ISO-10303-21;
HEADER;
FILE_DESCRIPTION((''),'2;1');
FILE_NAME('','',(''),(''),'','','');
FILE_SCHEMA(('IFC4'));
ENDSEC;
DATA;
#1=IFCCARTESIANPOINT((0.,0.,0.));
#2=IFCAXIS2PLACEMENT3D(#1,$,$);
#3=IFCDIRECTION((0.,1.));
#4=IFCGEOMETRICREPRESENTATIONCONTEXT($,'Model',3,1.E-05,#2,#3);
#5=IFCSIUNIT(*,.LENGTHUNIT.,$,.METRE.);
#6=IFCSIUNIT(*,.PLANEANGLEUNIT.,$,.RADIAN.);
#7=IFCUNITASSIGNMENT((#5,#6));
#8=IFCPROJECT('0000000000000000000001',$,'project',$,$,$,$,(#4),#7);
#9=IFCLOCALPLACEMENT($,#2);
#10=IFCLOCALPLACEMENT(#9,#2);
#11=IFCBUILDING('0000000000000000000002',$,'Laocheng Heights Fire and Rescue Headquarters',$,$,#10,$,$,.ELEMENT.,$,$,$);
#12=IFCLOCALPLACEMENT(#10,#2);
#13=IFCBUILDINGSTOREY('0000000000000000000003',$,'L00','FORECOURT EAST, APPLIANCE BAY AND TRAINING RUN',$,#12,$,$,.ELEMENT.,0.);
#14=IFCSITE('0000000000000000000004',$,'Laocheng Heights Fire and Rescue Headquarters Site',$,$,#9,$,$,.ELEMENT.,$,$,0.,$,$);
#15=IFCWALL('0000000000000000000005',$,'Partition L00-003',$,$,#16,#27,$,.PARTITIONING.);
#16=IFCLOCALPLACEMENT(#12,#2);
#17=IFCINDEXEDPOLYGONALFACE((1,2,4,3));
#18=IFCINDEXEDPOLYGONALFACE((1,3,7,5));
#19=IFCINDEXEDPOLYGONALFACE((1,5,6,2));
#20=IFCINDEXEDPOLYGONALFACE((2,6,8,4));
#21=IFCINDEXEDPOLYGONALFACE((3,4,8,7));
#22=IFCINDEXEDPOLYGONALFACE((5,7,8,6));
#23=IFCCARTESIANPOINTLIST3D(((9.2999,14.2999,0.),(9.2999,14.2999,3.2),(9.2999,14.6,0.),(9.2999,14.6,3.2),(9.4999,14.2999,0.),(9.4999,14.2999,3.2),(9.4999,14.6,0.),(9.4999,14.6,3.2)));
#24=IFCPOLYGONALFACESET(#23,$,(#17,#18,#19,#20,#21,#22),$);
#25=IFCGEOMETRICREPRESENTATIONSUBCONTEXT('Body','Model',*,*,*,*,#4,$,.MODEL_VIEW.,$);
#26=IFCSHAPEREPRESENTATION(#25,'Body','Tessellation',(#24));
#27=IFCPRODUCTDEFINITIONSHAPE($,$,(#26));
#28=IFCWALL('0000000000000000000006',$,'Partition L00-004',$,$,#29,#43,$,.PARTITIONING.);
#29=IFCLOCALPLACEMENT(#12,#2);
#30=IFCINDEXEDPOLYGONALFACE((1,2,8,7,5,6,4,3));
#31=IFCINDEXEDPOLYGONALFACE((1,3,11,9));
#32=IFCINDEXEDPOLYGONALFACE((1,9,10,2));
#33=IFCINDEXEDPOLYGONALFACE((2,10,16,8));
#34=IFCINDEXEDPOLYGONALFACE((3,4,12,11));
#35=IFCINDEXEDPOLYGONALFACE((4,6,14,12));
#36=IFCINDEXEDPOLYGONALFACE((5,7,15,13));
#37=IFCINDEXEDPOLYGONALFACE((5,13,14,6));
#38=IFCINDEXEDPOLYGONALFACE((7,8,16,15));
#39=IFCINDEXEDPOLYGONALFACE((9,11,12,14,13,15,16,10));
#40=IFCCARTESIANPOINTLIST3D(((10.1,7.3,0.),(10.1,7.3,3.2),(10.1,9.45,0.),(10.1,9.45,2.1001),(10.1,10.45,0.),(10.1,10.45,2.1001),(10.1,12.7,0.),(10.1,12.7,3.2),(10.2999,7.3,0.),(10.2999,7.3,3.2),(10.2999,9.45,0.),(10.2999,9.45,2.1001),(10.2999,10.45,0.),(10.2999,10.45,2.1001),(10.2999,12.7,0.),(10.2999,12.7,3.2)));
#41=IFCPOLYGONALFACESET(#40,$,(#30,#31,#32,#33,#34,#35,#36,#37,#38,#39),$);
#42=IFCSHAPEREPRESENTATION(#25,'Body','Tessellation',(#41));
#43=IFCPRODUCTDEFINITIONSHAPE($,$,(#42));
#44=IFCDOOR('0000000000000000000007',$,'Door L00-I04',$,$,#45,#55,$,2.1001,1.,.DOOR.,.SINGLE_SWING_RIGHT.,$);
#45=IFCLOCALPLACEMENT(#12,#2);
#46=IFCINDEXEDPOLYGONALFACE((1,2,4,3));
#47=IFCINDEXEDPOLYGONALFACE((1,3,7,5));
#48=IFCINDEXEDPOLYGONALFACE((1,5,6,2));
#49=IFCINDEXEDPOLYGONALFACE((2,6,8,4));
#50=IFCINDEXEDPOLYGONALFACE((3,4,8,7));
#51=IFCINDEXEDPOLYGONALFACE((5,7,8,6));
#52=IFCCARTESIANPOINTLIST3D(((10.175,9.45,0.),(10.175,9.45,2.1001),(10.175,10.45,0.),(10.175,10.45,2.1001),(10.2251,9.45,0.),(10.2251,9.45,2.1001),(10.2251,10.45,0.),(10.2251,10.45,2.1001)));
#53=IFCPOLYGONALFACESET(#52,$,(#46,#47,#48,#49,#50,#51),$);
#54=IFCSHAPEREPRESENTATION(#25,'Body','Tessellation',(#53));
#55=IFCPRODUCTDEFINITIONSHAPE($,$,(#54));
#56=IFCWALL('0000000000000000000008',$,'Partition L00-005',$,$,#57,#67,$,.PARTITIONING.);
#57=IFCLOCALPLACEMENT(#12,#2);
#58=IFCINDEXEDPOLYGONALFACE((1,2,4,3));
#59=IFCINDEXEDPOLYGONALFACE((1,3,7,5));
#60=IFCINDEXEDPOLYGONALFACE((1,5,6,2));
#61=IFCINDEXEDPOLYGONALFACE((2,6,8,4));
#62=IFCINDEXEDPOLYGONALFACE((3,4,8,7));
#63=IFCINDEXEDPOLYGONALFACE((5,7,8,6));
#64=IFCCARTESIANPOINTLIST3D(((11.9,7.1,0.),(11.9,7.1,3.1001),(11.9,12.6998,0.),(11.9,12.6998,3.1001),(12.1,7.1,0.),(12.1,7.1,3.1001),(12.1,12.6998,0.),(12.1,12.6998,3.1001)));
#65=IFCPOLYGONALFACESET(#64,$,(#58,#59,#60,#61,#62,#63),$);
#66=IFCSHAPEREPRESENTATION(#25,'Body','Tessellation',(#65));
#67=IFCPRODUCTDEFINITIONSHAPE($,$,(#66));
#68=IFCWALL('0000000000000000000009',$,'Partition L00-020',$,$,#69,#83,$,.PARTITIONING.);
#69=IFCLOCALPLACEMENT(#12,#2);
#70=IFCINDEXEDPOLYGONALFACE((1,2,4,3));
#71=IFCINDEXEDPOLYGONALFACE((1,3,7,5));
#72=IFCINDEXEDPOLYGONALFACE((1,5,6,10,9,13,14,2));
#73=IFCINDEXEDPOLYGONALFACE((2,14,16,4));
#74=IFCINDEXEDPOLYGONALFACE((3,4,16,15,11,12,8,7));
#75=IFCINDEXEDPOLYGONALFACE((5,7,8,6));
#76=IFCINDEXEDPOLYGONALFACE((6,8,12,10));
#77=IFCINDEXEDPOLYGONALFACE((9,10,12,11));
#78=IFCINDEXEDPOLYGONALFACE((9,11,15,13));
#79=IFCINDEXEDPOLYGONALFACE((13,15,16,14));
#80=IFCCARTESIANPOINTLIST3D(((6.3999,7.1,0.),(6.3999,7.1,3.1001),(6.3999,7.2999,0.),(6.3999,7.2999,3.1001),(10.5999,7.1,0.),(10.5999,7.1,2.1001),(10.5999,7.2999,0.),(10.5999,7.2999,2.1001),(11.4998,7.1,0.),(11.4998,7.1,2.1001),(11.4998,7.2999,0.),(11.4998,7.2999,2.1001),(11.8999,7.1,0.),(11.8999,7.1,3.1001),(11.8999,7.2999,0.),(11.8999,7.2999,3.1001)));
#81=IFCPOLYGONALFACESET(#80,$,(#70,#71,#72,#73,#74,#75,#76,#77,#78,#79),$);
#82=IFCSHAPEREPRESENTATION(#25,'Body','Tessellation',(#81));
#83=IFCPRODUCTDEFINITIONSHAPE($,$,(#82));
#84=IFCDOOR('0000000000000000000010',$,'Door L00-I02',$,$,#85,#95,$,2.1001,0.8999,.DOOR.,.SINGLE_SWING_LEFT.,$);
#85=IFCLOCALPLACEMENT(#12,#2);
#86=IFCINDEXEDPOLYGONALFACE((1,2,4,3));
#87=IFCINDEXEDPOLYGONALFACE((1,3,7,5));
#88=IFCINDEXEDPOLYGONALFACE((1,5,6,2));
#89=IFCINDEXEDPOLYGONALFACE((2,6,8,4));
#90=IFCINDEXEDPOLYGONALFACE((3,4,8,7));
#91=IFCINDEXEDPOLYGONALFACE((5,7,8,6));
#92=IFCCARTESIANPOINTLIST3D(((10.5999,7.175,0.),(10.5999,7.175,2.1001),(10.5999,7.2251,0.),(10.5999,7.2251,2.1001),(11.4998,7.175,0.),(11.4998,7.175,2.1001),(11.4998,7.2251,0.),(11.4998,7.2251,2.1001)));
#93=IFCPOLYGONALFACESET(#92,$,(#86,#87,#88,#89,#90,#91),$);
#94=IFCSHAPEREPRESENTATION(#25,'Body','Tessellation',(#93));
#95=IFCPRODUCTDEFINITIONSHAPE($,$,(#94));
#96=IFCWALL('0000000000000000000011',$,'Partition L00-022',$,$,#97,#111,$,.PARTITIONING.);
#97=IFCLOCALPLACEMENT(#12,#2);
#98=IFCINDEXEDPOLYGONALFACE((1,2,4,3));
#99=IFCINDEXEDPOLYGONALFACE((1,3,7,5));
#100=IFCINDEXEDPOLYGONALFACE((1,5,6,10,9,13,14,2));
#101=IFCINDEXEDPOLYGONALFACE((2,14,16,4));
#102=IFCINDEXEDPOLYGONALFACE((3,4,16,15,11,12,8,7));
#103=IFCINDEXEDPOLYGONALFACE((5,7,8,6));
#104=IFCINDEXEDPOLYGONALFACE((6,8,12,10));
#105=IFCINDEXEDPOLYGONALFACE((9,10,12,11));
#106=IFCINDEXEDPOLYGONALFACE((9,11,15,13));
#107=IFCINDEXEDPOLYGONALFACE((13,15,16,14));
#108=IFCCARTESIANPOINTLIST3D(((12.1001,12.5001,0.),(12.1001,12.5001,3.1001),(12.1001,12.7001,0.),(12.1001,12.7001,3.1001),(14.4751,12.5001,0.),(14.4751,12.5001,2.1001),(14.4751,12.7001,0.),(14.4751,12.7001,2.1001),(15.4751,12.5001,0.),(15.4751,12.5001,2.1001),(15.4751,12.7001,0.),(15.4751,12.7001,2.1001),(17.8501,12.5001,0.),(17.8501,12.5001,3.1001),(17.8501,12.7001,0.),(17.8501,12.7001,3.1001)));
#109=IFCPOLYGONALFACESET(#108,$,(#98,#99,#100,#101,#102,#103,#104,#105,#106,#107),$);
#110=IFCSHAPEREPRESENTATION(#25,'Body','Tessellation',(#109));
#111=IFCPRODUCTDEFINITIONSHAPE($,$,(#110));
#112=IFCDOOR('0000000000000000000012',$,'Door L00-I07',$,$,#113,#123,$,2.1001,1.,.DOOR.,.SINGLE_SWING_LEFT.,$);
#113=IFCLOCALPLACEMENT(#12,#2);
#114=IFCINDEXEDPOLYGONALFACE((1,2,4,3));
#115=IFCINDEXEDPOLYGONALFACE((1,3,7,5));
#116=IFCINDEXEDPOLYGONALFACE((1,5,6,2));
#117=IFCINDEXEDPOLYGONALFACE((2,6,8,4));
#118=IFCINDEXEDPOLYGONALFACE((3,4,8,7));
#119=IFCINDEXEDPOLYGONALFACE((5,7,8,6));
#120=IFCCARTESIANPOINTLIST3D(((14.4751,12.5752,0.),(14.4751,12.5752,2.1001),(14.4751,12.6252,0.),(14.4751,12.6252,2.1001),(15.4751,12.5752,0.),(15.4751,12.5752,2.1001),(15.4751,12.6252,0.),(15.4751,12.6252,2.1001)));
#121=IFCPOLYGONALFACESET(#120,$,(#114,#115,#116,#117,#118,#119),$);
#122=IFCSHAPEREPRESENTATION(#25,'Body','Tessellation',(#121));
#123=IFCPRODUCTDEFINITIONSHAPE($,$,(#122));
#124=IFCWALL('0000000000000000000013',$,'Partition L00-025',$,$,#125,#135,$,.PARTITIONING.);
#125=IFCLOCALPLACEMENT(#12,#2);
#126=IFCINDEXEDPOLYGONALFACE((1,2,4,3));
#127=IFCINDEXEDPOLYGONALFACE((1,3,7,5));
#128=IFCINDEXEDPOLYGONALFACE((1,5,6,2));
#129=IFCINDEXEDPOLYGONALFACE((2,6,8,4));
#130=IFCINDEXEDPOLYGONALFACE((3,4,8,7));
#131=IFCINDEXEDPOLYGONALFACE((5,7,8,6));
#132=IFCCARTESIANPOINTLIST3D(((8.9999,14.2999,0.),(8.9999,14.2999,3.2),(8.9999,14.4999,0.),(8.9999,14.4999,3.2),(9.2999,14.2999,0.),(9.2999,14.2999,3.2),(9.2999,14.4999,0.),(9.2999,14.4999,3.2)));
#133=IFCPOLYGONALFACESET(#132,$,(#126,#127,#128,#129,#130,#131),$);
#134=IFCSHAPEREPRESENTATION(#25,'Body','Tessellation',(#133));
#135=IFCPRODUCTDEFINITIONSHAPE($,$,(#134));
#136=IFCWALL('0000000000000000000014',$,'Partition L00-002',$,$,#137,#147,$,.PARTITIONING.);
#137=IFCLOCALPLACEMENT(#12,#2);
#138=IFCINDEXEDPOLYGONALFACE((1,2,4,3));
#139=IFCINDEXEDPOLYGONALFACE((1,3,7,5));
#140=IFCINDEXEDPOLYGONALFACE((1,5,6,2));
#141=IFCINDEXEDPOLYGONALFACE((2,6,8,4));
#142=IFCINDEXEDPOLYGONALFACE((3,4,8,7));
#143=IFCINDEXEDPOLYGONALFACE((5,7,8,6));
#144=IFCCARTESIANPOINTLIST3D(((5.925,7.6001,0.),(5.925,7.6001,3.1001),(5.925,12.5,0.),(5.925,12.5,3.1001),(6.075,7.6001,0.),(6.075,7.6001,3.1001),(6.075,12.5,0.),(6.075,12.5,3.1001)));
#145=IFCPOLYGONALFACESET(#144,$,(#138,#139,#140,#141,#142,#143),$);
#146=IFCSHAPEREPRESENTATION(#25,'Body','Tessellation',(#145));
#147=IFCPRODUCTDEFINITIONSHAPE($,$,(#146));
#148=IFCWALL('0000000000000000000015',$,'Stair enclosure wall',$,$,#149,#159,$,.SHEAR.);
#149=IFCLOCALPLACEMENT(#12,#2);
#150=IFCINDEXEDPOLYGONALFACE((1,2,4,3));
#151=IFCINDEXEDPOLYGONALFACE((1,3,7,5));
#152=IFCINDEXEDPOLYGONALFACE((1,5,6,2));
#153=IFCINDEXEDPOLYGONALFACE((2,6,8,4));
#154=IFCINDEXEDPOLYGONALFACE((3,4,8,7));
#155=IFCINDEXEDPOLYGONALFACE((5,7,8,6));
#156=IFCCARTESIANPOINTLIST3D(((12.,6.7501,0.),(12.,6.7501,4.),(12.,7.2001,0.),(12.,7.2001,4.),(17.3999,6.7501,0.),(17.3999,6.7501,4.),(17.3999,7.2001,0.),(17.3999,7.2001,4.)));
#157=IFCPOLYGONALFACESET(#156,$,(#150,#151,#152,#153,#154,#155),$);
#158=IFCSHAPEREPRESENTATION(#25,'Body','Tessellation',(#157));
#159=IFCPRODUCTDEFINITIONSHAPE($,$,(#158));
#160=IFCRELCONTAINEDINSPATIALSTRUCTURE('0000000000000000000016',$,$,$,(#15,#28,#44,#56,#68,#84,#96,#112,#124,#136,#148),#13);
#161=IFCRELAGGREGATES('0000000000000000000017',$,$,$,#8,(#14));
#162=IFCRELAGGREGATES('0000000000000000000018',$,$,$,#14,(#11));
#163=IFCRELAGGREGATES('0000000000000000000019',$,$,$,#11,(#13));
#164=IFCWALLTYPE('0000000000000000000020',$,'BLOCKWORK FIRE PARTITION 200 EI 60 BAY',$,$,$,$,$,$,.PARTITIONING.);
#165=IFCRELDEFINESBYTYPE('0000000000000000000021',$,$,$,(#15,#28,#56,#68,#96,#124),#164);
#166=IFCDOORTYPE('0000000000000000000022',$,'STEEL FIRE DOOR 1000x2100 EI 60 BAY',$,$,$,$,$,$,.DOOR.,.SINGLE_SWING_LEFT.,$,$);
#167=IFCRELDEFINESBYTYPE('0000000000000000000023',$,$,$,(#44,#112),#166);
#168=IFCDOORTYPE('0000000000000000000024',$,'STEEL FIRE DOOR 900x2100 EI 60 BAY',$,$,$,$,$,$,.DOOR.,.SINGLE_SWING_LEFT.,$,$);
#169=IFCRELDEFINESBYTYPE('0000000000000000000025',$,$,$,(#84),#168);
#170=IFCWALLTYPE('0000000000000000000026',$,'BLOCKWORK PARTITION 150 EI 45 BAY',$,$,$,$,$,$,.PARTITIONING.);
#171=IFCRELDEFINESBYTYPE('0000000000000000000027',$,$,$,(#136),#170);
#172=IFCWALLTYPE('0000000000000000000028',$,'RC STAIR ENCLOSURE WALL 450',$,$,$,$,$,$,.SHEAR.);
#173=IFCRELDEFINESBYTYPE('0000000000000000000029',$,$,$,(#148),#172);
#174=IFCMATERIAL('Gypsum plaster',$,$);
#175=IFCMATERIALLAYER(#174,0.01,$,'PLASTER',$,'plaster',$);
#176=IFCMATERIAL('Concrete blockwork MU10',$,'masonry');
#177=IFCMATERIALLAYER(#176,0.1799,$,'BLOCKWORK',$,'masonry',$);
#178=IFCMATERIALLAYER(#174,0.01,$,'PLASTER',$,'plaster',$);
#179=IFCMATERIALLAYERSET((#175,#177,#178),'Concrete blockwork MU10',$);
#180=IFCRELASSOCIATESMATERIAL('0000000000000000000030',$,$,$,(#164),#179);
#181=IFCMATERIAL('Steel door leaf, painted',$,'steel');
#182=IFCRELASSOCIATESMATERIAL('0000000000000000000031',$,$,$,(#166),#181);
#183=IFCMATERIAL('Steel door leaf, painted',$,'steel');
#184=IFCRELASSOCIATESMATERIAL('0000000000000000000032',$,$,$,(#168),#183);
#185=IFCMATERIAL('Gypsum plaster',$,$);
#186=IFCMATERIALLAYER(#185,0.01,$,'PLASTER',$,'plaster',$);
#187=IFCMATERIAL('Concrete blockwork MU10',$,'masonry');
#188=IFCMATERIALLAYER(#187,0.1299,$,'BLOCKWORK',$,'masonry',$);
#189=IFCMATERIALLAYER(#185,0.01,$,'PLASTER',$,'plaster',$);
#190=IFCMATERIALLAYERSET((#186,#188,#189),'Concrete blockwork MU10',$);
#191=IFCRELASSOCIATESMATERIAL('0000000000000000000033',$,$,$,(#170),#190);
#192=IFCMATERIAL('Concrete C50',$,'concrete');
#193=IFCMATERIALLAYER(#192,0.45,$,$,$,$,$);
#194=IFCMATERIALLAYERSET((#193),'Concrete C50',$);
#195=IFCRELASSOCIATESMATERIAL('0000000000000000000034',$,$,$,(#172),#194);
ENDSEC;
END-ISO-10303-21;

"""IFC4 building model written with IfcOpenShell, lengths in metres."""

from ifc_helpers import new_model, si_unit, direction, frame, frame_2d, origin, place, context, subcontext, project, spatial, rectangle, extrude, material, layer, layer_set, type_object, element, fill, save


model = new_model("IFC4")

# Units and contexts
model_context = context("Model", 3, precision=1e-05, world=origin(), true_north=direction((0.0, 1.0)))
body_context = subcontext(model_context, "Body", "Model", "MODEL_VIEW")
ifc_project = project(units=[si_unit("LENGTHUNIT", "METRE"), si_unit("PLANEANGLEUNIT", "RADIAN")], contexts=[model_context])

# Site, building, storey
site_placement = place(None, origin())
site = spatial("IfcSite", under=ifc_project, at=site_placement, Name="Laocheng Heights Fire and Rescue Headquarters Site", CompositionType="ELEMENT", RefElevation=0.0)
building_placement = place(site_placement, origin())
building = spatial("IfcBuilding", under=site, at=building_placement, Name="Laocheng Heights Fire and Rescue Headquarters", CompositionType="ELEMENT")
storey_placement = place(building_placement, origin())
storey = spatial("IfcBuildingStorey", under=building, at=storey_placement, Name="L00", Description="FORECOURT EAST, APPLIANCE BAY AND TRAINING RUN", CompositionType="ELEMENT", Elevation=0.0)

# Wall
ifc_material_1 = material(Name="Gypsum plaster")
ifc_layer_1 = layer(ifc_material_1, 0.01, Name="PLASTER", Category="plaster")
ifc_material_2 = material(Name="Concrete blockwork MU10", Category="masonry")
ifc_layer_2 = layer(ifc_material_2, 0.1799, Name="BLOCKWORK", Category="masonry")
ifc_layer_3 = layer(ifc_material_1, 0.01, Name="PLASTER", Category="plaster")
ifc_layer_set_1 = layer_set([ifc_layer_1, ifc_layer_2, ifc_layer_3], Name="Concrete blockwork MU10")
wall_type_1 = type_object("IfcWallType", Name="BLOCKWORK FIRE PARTITION 200 EI 60 BAY", PredefinedType="PARTITIONING", material=ifc_layer_set_1)
wall_1_placement = place(storey_placement, frame((9.3999, 14.3, 0.0), z_axis=(0.0, 0.0, 1.0), x_axis=(0.0, 1.0, 0.0)))
element("IfcWall", 1, at=wall_1_placement, inside=storey, type_object=wall_type_1, Name="Partition L00-003", PredefinedType="PARTITIONING", context=body_context, shape_type="SweptSolid", body=[
    extrude(rectangle(XDim=0.3, YDim=0.2, at=frame_2d((0.1499, 0.0))), origin(), (0.0, 0.0, 1.0), 3.2),
])

# Wall, opening, door
wall_2_placement = place(storey_placement, frame((10.2, 7.3, 0.0), z_axis=(0.0, 0.0, 1.0), x_axis=(0.0, 1.0, 0.0)))
wall_2 = element("IfcWall", 2, at=wall_2_placement, inside=storey, type_object=wall_type_1, Name="Partition L00-004", PredefinedType="PARTITIONING", context=body_context, shape_type="SweptSolid", body=[
    extrude(rectangle(XDim=5.3999, YDim=0.2, at=frame_2d((2.7, 0.0))), origin(), (0.0, 0.0, 1.0), 3.2),
])
opening_1_placement = place(wall_2_placement, frame((2.1499, 0.0, 0.0)))
opening_1 = element("IfcOpeningElement", 3, at=opening_1_placement, cuts=wall_2, PredefinedType="OPENING", context=body_context, shape_type="SweptSolid", body=[
    extrude(rectangle(XDim=1.0, YDim=2.1001, at=frame_2d((0.5, 1.05))), frame((0.0, 0.1099, 0.0), z_axis=(0.0, -1.0, 0.0), x_axis=(1.0, 0.0, 0.0)), (0.0, 0.0, 1.0), 0.22),
])
ifc_material_3 = material(Name="Steel door leaf, painted", Category="steel")
door_type_1 = type_object("IfcDoorType", Name="STEEL FIRE DOOR 1000x2100 EI 60 BAY", OperationType="SINGLE_SWING_LEFT", PredefinedType="DOOR", material=ifc_material_3)
door_1_placement = place(opening_1_placement, origin())
door_1 = element("IfcDoor", 4, at=door_1_placement, inside=storey, type_object=door_type_1, Name="Door L00-I04", OperationType="SINGLE_SWING_RIGHT", OverallHeight=2.1001, OverallWidth=1.0, PredefinedType="DOOR", context=body_context, shape_type="SweptSolid", body=[
    extrude(rectangle(XDim=1.0, YDim=2.1001, at=frame_2d((0.5, 1.05))), frame((0.0, 0.0249, 0.0), z_axis=(0.0, -1.0, 0.0), x_axis=(1.0, 0.0, 0.0)), (0.0, 0.0, 1.0), 0.05),
])
fill(opening_1, door_1)

# Wall
wall_3_placement = place(storey_placement, frame((12.0, 7.1001, 0.0), z_axis=(0.0, 0.0, 1.0), x_axis=(0.0, 1.0, 0.0)))
element("IfcWall", 5, at=wall_3_placement, inside=storey, type_object=wall_type_1, Name="Partition L00-005", PredefinedType="PARTITIONING", context=body_context, shape_type="SweptSolid", body=[
    extrude(rectangle(XDim=5.5999, YDim=0.2, at=frame_2d((2.7998, 0.0))), origin(), (0.0, 0.0, 1.0), 3.1001),
])

# Walls, openings, doors
wall_4_placement = place(storey_placement, frame((6.3999, 7.2, 0.0), z_axis=(0.0, 0.0, 1.0), x_axis=(1.0, 0.0, 0.0)))
wall_4 = element("IfcWall", 6, at=wall_4_placement, inside=storey, type_object=wall_type_1, Name="Partition L00-020", PredefinedType="PARTITIONING", context=body_context, shape_type="SweptSolid", body=[
    extrude(rectangle(XDim=5.5, YDim=0.2, at=frame_2d((2.75, 0.0))), origin(), (0.0, 0.0, 1.0), 3.1001),
])
opening_2_placement = place(wall_4_placement, frame((4.2, 0.0, 0.0)))
opening_2 = element("IfcOpeningElement", 7, at=opening_2_placement, cuts=wall_4, PredefinedType="OPENING", context=body_context, shape_type="SweptSolid", body=[
    extrude(rectangle(XDim=0.8999, YDim=2.1001, at=frame_2d((0.45, 1.05))), frame((0.0, 0.1099, 0.0), z_axis=(0.0, -1.0, 0.0), x_axis=(1.0, 0.0, 0.0)), (0.0, 0.0, 1.0), 0.22),
])
ifc_material_4 = material(Name="Steel door leaf, painted", Category="steel")
door_type_2 = type_object("IfcDoorType", Name="STEEL FIRE DOOR 900x2100 EI 60 BAY", OperationType="SINGLE_SWING_LEFT", PredefinedType="DOOR", material=ifc_material_4)
door_2_placement = place(opening_2_placement, frame((0.8999, 0.0, 0.0), z_axis=(0.0, 0.0, 1.0), x_axis=(-1.0, 0.0, 0.0)))
door_2 = element("IfcDoor", 8, at=door_2_placement, inside=storey, type_object=door_type_2, Name="Door L00-I02", OperationType="SINGLE_SWING_LEFT", OverallHeight=2.1001, OverallWidth=0.8999, PredefinedType="DOOR", context=body_context, shape_type="SweptSolid", body=[
    extrude(rectangle(XDim=0.8999, YDim=2.1001, at=frame_2d((0.45, 1.05))), frame((0.0, 0.0249, 0.0), z_axis=(0.0, -1.0, 0.0), x_axis=(1.0, 0.0, 0.0)), (0.0, 0.0, 1.0), 0.05),
])
fill(opening_2, door_2)
wall_5_placement = place(storey_placement, frame((12.1001, 12.6001, 0.0), z_axis=(0.0, 0.0, 1.0), x_axis=(1.0, 0.0, 0.0)))
wall_5 = element("IfcWall", 9, at=wall_5_placement, inside=storey, type_object=wall_type_1, Name="Partition L00-022", PredefinedType="PARTITIONING", context=body_context, shape_type="SweptSolid", body=[
    extrude(rectangle(XDim=5.75, YDim=0.2, at=frame_2d((2.875, 0.0))), origin(), (0.0, 0.0, 1.0), 3.1001),
])
opening_3_placement = place(wall_5_placement, frame((2.375, 0.0, 0.0)))
opening_3 = element("IfcOpeningElement", 10, at=opening_3_placement, cuts=wall_5, PredefinedType="OPENING", context=body_context, shape_type="SweptSolid", body=[
    extrude(rectangle(XDim=1.0, YDim=2.1001, at=frame_2d((0.5, 1.05))), frame((0.0, 0.1099, 0.0), z_axis=(0.0, -1.0, 0.0), x_axis=(1.0, 0.0, 0.0)), (0.0, 0.0, 1.0), 0.22),
])
door_3_placement = place(opening_3_placement, frame((1.0, 0.0, 0.0), z_axis=(0.0, 0.0, 1.0), x_axis=(-1.0, 0.0, 0.0)))
door_3 = element("IfcDoor", 11, at=door_3_placement, inside=storey, type_object=door_type_1, Name="Door L00-I07", OperationType="SINGLE_SWING_LEFT", OverallHeight=2.1001, OverallWidth=1.0, PredefinedType="DOOR", context=body_context, shape_type="SweptSolid", body=[
    extrude(rectangle(XDim=1.0, YDim=2.1001, at=frame_2d((0.5, 1.05))), frame((0.0, 0.0249, 0.0), z_axis=(0.0, -1.0, 0.0), x_axis=(1.0, 0.0, 0.0)), (0.0, 0.0, 1.0), 0.05),
])
fill(opening_3, door_3)

# Walls
wall_6_placement = place(storey_placement, frame((9.0, 14.3999, 0.0), z_axis=(0.0, 0.0, 1.0), x_axis=(1.0, 0.0, 0.0)))
element("IfcWall", 12, at=wall_6_placement, inside=storey, type_object=wall_type_1, Name="Partition L00-025", PredefinedType="PARTITIONING", context=body_context, shape_type="SweptSolid", body=[
    extrude(rectangle(XDim=0.3, YDim=0.2, at=frame_2d((0.1499, 0.0))), origin(), (0.0, 0.0, 1.0), 3.2),
])
ifc_material_5 = material(Name="Gypsum plaster")
ifc_layer_4 = layer(ifc_material_5, 0.01, Name="PLASTER", Category="plaster")
ifc_material_6 = material(Name="Concrete blockwork MU10", Category="masonry")
ifc_layer_5 = layer(ifc_material_6, 0.1299, Name="BLOCKWORK", Category="masonry")
ifc_layer_6 = layer(ifc_material_5, 0.01, Name="PLASTER", Category="plaster")
ifc_layer_set_2 = layer_set([ifc_layer_4, ifc_layer_5, ifc_layer_6], Name="Concrete blockwork MU10")
wall_type_2 = type_object("IfcWallType", Name="BLOCKWORK PARTITION 150 EI 45 BAY", PredefinedType="PARTITIONING", material=ifc_layer_set_2)
wall_7_placement = place(storey_placement, frame((6.0, 7.6001, 0.0), z_axis=(0.0, 0.0, 1.0), x_axis=(0.0, 1.0, 0.0)))
element("IfcWall", 13, at=wall_7_placement, inside=storey, type_object=wall_type_2, Name="Partition L00-002", PredefinedType="PARTITIONING", context=body_context, shape_type="SweptSolid", body=[
    extrude(rectangle(XDim=4.8999, YDim=0.1499, at=frame_2d((2.45, 0.0))), origin(), (0.0, 0.0, 1.0), 3.1001),
])
ifc_material_7 = material(Name="Concrete C50", Category="concrete")
ifc_layer_7 = layer(ifc_material_7, 0.45)
ifc_layer_set_3 = layer_set([ifc_layer_7], Name="Concrete C50")
wall_type_3 = type_object("IfcWallType", Name="RC STAIR ENCLOSURE WALL 450", PredefinedType="SHEAR", material=ifc_layer_set_3)
wall_8_placement = place(storey_placement, frame((12.0, 6.9751, 0.0), z_axis=(0.0, 0.0, 1.0), x_axis=(1.0, 0.0, 0.0)))
element("IfcWall", 14, at=wall_8_placement, inside=storey, type_object=wall_type_3, Name="Stair enclosure wall", PredefinedType="SHEAR", context=body_context, shape_type="SweptSolid", body=[
    extrude(rectangle(XDim=5.3999, YDim=0.45, at=frame_2d((2.7, 0.0))), origin(), (0.0, 0.0, 1.0), 4.0),
])

save(model, "model.ifc")
